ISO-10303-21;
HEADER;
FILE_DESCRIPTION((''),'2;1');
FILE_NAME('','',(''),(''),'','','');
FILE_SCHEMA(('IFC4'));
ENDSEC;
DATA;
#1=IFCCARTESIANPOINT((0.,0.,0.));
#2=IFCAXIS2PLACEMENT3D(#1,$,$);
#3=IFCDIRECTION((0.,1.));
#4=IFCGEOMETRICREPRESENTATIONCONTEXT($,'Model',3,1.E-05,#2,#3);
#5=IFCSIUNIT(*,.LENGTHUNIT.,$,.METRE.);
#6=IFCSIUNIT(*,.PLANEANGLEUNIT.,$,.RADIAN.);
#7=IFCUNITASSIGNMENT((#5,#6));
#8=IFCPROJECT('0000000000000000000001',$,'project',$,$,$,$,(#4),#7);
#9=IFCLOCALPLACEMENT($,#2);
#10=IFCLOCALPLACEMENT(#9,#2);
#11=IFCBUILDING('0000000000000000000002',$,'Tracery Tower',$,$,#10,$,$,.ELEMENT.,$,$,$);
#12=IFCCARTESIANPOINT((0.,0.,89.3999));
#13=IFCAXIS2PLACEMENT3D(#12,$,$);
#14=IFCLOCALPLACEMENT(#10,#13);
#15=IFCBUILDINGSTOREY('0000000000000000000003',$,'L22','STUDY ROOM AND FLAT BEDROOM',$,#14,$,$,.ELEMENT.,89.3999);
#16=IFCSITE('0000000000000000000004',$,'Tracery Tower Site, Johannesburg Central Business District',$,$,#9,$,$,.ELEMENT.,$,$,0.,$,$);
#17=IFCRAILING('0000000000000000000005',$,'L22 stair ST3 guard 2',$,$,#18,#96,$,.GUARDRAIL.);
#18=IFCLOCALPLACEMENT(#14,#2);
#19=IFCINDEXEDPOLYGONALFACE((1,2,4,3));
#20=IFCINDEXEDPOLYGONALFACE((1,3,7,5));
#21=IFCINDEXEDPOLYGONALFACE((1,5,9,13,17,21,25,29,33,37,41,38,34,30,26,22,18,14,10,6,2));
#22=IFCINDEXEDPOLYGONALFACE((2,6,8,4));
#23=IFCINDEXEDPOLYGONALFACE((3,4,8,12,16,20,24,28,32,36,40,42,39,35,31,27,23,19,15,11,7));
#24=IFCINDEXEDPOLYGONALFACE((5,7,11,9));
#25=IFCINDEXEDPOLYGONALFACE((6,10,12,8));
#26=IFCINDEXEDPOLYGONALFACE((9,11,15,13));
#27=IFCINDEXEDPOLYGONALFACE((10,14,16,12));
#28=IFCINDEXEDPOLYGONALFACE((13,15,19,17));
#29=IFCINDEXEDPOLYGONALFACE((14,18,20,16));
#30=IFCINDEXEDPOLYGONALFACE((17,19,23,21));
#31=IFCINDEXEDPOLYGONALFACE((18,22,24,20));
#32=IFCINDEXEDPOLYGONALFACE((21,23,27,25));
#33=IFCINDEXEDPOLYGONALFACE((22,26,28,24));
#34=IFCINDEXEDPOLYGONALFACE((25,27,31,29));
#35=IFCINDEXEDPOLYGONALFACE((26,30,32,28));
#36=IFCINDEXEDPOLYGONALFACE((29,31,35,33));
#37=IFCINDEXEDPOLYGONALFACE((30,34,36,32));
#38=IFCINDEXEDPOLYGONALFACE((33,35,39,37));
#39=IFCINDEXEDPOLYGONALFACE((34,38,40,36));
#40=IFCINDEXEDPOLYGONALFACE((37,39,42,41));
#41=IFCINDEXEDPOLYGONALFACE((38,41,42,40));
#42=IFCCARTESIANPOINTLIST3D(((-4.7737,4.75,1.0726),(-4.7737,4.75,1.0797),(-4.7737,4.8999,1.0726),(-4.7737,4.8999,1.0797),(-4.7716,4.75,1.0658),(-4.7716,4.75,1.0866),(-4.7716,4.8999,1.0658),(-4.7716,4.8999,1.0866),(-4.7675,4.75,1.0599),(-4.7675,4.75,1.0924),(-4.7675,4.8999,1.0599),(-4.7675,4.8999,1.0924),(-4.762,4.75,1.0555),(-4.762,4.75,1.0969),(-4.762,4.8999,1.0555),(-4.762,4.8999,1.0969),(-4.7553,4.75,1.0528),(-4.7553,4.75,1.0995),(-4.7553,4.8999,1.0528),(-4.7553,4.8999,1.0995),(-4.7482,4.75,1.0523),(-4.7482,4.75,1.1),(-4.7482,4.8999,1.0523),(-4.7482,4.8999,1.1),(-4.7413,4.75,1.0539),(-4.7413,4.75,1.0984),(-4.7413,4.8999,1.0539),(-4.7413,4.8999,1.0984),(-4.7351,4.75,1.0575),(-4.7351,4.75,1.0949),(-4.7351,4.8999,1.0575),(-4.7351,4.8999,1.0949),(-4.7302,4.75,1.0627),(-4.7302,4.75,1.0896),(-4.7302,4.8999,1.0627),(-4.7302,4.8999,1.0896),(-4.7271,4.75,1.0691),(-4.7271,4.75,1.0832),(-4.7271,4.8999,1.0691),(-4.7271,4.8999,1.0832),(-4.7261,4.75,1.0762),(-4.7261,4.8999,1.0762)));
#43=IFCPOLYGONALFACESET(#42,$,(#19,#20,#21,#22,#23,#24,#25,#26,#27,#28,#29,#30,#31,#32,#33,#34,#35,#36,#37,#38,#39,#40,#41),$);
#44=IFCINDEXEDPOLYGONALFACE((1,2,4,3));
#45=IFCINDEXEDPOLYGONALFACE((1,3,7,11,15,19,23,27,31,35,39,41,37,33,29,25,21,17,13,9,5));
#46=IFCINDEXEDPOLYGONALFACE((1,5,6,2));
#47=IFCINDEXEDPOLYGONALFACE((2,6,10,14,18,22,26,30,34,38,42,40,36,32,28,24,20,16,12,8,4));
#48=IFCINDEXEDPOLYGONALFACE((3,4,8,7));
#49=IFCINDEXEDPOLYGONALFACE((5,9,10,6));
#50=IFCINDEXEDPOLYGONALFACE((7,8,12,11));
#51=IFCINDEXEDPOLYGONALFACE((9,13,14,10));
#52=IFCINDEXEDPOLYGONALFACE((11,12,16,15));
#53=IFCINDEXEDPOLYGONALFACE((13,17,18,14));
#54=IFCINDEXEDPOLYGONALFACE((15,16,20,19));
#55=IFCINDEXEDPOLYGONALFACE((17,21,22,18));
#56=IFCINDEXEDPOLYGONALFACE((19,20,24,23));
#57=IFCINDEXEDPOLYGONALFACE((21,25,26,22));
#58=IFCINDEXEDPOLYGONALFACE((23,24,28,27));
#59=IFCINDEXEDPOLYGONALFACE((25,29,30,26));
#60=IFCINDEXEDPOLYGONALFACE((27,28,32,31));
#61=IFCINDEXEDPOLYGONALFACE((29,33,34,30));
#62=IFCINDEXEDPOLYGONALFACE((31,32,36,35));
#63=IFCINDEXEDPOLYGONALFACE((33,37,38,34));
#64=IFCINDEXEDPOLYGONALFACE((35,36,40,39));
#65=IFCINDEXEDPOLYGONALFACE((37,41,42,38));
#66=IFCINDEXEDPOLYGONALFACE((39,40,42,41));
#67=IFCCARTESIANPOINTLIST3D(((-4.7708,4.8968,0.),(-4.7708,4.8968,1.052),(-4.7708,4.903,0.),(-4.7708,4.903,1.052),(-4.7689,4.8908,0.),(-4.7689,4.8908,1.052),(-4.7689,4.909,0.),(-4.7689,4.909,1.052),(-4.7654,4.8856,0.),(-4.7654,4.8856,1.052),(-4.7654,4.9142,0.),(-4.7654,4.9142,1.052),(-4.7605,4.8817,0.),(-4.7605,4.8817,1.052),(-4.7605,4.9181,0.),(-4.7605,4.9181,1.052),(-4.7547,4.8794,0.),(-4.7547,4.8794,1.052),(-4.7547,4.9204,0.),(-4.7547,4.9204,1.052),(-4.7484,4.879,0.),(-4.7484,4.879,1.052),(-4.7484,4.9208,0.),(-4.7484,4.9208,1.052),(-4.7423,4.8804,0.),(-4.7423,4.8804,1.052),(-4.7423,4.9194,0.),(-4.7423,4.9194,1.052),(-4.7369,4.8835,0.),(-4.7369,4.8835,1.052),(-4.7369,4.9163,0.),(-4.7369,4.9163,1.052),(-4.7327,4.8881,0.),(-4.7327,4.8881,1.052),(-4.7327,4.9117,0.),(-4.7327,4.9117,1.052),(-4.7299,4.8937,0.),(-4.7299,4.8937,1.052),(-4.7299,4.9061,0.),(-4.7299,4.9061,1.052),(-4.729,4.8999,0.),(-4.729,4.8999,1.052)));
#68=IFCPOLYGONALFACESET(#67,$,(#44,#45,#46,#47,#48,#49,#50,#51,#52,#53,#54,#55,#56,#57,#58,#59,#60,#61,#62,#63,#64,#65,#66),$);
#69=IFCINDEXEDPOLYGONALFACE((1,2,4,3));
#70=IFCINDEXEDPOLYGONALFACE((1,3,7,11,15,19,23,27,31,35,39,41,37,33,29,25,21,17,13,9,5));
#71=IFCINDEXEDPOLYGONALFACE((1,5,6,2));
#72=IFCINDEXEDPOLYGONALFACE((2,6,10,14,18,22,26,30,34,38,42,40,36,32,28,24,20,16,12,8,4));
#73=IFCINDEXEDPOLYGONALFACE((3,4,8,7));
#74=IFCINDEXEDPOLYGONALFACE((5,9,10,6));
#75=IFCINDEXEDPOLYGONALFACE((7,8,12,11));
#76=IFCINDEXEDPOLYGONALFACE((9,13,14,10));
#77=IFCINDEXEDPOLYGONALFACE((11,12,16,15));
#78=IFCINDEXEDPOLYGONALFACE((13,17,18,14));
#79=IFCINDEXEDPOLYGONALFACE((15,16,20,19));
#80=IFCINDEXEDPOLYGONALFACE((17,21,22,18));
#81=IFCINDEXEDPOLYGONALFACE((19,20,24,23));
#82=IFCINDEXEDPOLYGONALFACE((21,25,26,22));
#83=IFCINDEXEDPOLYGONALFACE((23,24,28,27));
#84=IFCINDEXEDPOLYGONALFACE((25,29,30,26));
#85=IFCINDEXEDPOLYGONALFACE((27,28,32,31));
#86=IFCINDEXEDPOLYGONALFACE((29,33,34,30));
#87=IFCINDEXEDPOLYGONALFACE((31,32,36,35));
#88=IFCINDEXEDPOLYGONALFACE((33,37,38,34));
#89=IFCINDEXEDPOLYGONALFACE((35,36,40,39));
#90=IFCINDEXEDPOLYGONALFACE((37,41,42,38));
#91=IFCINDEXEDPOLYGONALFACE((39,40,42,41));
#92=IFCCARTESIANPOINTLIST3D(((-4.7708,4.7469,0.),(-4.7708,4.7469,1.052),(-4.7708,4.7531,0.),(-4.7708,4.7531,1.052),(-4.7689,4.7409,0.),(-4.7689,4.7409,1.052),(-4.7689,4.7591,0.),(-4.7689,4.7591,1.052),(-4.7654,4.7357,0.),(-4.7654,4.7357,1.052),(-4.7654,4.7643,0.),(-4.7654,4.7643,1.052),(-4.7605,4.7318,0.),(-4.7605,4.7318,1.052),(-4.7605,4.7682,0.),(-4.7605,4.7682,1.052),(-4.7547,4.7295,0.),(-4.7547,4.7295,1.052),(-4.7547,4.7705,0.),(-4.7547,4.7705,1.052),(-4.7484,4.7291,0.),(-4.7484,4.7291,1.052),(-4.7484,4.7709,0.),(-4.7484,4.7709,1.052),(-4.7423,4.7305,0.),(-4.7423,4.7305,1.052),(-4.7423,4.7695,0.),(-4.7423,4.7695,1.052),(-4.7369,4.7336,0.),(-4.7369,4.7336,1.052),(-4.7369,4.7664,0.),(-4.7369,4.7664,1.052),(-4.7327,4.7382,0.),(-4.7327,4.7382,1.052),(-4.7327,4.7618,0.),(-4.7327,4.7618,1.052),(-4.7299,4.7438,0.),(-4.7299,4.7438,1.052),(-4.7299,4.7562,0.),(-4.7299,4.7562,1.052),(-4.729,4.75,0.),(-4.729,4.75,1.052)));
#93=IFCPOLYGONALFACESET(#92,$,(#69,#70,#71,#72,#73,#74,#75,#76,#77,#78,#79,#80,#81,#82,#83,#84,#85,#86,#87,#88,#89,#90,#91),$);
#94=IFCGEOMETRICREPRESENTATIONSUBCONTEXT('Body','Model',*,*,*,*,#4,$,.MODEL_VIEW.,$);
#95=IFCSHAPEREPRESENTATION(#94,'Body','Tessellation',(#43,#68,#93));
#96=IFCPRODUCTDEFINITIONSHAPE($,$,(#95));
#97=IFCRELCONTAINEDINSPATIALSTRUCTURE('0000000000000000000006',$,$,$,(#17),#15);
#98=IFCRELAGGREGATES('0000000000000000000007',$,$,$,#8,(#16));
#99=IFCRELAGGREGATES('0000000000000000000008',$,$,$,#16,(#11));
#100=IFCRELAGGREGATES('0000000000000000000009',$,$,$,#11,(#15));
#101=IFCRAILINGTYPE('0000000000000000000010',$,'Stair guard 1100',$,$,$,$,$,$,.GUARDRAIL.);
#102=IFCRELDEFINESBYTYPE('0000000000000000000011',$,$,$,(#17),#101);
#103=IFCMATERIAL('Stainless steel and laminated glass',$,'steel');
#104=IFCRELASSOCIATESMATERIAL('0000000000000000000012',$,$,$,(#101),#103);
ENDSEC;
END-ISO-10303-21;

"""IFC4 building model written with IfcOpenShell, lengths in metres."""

from ifc_helpers import new_model, si_unit, direction, frame, origin, origin_2d, place, context, subcontext, project, spatial, circle, extrude, material, type_object, element, save


model = new_model("IFC4")

# Units and contexts
model_context = context("Model", 3, precision=1e-05, world=origin(), true_north=direction((0.0, 1.0)))
body_context = subcontext(model_context, "Body", "Model", "MODEL_VIEW")
ifc_project = project(units=[si_unit("LENGTHUNIT", "METRE"), si_unit("PLANEANGLEUNIT", "RADIAN")], contexts=[model_context])

# Site, building, storey
site_placement = place(None, origin())
site = spatial("IfcSite", under=ifc_project, at=site_placement, Name="Tracery Tower Site, Johannesburg Central Business District", CompositionType="ELEMENT", RefElevation=0.0)
building_placement = place(site_placement, origin())
building = spatial("IfcBuilding", under=site, at=building_placement, Name="Tracery Tower", CompositionType="ELEMENT")
storey_placement = place(building_placement, frame((0.0, 0.0, 89.3999)))
storey = spatial("IfcBuildingStorey", under=building, at=storey_placement, Name="L22", Description="STUDY ROOM AND FLAT BEDROOM", CompositionType="ELEMENT", Elevation=89.3999)

# Railing
ifc_material_1 = material(Name="Stainless steel and laminated glass", Category="steel")
railing_type_1 = type_object("IfcRailingType", Name="Stair guard 1100", PredefinedType="GUARDRAIL", material=ifc_material_1)
railing_1_placement = place(storey_placement, frame((-4.75, 4.8999, 0.0)))
element("IfcRailing", 1, at=railing_1_placement, inside=storey, type_object=railing_type_1, Name="L22 stair ST3 guard 2", PredefinedType="GUARDRAIL", context=body_context, shape_type="SweptSolid", body=[
    extrude(circle(Radius=0.0239, at=origin_2d()), frame((0.0, 0.0, 1.0762), z_axis=(0.0, -1.0, 0.0), x_axis=(1.0, 0.0, 0.0)), (0.0, 0.0, 1.0), 0.1499),
    extrude(circle(Radius=0.021, at=origin_2d()), origin(), (0.0, 0.0, 1.0), 1.052),
    extrude(circle(Radius=0.021, at=origin_2d()), frame((0.0, -0.1499, 0.0)), (0.0, 0.0, 1.0), 1.052),
])

save(model, "model.ifc")
